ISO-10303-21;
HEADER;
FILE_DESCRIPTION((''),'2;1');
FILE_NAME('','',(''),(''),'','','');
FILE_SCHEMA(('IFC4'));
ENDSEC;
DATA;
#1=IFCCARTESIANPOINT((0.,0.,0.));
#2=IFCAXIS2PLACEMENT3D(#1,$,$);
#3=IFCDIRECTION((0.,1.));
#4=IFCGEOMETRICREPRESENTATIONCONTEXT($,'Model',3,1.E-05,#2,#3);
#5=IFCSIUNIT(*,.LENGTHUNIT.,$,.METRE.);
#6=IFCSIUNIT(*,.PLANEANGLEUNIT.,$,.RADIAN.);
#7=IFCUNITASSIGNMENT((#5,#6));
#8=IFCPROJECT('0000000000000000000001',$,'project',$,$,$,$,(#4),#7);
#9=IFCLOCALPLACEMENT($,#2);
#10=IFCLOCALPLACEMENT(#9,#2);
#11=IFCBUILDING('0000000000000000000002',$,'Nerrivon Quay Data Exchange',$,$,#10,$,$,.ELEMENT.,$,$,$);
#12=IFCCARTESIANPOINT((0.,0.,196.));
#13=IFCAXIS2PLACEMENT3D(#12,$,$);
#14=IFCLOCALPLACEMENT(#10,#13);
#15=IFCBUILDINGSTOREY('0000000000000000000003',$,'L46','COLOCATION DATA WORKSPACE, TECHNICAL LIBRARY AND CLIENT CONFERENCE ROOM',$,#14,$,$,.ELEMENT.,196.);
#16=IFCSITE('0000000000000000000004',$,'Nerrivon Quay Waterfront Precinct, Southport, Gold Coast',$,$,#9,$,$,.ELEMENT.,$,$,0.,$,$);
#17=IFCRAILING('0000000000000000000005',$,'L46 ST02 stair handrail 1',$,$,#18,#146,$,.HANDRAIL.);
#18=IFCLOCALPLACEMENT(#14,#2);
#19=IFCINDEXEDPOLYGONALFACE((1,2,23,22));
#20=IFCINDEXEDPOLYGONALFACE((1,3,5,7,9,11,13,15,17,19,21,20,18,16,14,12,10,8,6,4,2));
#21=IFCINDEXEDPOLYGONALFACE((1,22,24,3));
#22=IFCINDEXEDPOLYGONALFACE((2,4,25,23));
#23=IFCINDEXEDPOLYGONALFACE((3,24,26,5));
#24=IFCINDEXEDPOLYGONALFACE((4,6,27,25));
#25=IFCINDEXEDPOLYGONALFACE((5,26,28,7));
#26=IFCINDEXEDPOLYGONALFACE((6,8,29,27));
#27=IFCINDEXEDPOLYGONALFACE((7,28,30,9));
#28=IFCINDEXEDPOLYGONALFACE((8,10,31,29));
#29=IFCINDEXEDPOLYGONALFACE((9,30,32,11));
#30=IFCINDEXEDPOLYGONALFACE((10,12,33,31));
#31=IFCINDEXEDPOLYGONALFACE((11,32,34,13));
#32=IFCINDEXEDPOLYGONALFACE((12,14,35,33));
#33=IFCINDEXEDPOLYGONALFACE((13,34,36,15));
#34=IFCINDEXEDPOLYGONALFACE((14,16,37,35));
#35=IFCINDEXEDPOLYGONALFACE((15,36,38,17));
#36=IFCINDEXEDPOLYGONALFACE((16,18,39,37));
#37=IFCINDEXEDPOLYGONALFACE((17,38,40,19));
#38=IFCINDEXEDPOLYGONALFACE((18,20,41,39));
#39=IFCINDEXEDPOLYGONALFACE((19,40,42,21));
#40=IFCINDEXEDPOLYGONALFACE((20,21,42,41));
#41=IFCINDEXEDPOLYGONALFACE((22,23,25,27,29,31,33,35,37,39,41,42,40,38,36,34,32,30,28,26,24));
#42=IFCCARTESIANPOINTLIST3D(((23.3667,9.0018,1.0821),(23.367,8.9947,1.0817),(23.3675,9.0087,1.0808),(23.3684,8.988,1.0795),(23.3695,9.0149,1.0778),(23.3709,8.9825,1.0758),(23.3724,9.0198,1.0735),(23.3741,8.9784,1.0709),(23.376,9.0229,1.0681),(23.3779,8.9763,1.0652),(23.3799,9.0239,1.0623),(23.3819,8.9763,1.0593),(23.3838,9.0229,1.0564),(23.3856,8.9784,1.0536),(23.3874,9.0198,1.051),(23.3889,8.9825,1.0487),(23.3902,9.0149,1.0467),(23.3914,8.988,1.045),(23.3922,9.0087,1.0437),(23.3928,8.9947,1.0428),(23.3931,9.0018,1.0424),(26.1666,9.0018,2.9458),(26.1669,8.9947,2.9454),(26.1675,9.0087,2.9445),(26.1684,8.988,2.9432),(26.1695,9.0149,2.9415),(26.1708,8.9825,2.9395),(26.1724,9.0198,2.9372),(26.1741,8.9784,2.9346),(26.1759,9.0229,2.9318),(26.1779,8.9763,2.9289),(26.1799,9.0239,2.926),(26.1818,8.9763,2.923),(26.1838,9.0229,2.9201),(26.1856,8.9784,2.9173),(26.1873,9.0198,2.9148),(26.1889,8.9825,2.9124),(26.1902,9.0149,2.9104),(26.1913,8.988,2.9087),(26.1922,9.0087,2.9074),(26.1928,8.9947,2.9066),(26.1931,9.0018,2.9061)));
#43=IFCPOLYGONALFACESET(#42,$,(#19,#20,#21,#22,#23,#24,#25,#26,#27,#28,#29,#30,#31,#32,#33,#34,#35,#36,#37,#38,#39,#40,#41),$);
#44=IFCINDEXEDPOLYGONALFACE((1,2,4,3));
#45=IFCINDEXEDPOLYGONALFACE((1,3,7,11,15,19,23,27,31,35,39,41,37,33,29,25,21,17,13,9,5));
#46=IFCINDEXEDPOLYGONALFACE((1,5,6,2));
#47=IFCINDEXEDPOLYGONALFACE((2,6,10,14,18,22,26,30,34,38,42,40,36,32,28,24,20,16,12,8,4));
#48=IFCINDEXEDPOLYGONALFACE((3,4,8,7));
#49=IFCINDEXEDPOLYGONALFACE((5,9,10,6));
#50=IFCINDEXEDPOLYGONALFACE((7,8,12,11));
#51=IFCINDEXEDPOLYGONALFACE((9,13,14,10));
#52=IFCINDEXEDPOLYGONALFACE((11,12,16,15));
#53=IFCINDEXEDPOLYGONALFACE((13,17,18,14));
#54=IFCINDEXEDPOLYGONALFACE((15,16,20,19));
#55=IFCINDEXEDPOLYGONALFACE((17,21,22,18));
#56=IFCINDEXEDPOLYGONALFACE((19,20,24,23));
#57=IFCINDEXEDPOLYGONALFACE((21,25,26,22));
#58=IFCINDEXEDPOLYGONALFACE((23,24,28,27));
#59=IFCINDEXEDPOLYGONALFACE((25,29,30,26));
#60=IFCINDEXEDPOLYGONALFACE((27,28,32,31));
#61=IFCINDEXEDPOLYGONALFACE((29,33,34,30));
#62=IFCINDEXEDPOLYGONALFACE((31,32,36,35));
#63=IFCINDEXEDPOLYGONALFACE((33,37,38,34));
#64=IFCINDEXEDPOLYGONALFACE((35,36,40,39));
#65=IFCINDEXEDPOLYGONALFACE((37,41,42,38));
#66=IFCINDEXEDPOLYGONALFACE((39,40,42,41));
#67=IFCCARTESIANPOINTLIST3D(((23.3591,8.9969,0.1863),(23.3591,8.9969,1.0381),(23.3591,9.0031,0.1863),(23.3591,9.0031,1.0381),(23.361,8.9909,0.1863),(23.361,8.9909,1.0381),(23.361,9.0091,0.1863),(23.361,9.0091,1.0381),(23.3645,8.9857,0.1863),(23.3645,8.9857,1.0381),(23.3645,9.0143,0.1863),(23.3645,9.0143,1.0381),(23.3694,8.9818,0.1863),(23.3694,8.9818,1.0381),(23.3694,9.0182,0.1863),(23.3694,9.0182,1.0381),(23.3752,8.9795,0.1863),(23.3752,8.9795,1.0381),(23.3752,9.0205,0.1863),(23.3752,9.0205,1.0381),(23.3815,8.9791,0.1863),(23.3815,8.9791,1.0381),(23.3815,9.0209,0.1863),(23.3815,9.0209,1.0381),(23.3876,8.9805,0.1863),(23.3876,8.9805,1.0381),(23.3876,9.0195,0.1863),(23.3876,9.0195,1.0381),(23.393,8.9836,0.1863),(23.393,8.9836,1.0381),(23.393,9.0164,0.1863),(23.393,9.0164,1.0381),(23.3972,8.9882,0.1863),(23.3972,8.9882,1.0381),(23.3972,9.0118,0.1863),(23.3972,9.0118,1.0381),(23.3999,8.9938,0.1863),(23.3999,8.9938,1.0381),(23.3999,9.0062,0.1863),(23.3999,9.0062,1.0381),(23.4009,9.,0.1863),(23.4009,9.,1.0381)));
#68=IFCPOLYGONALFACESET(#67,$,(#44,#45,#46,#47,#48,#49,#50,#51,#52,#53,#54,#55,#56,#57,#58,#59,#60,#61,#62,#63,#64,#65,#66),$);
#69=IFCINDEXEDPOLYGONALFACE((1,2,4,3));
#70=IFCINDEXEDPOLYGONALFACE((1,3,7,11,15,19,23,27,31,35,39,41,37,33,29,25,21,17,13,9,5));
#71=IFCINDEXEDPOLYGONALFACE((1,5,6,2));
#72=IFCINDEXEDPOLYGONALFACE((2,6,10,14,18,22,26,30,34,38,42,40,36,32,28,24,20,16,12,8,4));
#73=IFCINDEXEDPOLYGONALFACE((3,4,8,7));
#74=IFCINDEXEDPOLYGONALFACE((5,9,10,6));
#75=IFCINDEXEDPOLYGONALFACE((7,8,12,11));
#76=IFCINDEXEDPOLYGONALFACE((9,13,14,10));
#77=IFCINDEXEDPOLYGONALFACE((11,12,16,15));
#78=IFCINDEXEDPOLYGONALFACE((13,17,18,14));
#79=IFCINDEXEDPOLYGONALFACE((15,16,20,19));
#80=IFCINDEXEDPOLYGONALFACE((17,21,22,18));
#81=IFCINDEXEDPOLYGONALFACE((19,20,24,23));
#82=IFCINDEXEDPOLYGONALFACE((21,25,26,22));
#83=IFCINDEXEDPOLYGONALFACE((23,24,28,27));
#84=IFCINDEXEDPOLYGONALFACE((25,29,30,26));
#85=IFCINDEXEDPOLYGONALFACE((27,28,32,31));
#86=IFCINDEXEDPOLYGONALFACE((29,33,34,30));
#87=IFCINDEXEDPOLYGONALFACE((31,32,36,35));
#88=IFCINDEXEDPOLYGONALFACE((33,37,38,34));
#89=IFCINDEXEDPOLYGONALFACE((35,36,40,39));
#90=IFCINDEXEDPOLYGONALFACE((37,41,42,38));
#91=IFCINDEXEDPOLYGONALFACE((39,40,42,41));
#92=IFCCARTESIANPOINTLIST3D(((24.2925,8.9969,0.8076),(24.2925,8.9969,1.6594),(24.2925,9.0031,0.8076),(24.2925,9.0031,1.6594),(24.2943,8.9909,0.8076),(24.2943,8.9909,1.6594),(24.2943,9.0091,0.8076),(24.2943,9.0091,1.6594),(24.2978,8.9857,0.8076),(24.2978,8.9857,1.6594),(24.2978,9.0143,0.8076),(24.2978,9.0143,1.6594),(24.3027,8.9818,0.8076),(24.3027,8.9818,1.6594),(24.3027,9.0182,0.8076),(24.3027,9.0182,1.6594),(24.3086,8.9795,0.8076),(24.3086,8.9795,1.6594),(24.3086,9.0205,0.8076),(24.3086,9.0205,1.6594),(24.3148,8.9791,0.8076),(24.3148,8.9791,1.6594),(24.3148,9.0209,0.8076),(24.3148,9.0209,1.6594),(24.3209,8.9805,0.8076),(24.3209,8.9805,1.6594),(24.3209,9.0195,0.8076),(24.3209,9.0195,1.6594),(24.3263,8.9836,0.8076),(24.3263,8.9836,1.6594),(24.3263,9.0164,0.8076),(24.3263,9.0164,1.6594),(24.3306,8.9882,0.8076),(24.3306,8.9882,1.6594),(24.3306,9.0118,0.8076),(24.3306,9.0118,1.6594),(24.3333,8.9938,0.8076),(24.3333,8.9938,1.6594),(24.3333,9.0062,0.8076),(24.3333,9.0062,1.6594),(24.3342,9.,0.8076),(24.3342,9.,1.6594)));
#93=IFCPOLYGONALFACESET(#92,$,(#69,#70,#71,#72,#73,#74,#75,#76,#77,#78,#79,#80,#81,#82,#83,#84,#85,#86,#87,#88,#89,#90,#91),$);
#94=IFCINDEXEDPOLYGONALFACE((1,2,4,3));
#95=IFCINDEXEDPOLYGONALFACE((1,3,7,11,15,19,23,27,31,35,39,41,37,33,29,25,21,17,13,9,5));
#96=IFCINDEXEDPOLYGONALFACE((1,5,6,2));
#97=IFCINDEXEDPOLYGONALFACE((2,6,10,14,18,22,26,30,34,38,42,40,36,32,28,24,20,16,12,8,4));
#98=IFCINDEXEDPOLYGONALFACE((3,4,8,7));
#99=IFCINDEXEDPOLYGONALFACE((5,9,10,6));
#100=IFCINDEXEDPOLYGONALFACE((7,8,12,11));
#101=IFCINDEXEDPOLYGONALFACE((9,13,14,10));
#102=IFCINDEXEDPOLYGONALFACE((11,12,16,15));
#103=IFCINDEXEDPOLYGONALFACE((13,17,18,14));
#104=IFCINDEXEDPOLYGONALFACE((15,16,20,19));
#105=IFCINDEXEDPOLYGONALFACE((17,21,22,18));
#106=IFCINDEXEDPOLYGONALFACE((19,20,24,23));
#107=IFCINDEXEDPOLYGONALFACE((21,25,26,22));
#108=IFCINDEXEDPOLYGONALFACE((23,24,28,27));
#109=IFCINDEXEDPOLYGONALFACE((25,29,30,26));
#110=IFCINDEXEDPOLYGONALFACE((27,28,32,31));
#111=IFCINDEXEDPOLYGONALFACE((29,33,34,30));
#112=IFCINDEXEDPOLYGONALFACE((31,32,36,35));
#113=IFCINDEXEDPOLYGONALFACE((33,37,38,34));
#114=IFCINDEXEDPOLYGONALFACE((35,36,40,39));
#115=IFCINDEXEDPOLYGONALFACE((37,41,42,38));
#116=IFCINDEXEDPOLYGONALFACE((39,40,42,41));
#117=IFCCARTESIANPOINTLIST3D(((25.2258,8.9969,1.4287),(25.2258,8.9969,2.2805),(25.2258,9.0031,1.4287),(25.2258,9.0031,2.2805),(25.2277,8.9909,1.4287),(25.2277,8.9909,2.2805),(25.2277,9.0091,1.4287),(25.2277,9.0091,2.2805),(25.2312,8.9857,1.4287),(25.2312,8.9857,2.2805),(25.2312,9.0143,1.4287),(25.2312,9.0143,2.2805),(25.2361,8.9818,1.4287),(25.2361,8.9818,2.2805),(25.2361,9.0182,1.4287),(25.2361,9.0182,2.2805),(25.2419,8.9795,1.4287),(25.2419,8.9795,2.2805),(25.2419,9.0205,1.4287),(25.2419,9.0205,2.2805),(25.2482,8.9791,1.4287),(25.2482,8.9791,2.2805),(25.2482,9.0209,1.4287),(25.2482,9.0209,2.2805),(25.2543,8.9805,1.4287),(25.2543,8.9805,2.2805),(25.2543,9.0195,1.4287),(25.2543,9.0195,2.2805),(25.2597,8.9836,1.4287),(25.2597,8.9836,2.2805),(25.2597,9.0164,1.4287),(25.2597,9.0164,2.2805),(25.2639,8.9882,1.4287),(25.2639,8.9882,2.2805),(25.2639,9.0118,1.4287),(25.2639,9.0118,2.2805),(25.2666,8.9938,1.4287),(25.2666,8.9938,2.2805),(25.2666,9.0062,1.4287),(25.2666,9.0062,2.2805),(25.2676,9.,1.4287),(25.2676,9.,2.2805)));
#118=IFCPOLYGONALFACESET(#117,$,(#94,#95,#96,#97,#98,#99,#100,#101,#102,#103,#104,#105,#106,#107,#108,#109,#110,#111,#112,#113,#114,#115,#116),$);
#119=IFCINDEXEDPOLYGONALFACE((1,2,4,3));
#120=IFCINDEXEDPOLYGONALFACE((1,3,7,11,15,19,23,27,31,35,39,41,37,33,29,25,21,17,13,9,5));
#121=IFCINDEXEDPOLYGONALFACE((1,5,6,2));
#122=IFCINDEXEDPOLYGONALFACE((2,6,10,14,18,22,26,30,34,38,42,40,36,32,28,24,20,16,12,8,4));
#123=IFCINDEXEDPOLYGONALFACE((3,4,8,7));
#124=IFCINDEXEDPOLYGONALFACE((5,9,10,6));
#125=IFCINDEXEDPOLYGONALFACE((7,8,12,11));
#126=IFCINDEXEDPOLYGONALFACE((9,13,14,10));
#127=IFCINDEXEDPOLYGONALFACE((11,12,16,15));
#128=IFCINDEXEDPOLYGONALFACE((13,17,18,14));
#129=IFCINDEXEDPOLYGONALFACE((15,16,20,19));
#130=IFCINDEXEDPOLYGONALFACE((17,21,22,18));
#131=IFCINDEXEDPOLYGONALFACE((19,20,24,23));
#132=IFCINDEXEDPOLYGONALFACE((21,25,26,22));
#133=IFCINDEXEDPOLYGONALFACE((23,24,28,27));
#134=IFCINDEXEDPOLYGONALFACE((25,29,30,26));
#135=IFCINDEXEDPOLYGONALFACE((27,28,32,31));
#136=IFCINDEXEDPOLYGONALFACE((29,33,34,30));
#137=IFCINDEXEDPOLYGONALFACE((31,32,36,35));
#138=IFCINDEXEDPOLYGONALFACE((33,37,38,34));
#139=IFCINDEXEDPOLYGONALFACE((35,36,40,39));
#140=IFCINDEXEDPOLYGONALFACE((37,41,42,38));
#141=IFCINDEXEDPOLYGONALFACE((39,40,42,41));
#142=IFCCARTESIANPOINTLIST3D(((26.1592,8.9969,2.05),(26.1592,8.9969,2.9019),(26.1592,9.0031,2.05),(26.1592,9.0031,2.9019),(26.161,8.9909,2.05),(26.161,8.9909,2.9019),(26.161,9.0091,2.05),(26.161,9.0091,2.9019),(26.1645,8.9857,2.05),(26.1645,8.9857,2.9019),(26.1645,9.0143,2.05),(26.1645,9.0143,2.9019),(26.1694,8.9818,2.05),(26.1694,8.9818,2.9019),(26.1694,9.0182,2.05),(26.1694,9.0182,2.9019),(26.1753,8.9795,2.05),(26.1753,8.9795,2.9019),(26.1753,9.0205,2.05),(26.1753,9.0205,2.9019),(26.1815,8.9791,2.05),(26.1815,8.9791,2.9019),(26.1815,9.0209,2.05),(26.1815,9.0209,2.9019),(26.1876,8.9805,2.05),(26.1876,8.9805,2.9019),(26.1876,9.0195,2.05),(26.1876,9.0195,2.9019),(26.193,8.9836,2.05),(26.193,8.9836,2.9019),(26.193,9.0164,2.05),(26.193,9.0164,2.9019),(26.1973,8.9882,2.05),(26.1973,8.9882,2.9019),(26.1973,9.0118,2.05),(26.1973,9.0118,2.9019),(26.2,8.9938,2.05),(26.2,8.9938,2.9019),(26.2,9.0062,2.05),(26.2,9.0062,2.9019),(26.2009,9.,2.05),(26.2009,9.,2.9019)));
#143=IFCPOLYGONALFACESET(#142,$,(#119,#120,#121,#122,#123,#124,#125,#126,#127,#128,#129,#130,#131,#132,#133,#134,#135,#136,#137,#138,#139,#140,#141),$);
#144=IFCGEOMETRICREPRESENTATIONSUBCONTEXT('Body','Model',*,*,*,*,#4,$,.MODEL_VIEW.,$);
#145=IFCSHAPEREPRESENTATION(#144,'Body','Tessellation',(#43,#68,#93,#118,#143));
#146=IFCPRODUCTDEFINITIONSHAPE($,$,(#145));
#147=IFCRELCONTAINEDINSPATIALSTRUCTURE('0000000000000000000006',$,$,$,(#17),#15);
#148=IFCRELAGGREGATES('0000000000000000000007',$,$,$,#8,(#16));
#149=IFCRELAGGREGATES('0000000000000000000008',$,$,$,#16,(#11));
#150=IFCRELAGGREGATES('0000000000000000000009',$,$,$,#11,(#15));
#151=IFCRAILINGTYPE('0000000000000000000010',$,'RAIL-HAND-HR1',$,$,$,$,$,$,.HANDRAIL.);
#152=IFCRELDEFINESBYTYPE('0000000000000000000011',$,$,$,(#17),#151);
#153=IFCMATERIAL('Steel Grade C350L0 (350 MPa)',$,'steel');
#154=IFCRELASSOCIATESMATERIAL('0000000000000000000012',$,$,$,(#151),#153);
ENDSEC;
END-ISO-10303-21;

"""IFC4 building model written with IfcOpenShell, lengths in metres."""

from ifc_helpers import new_model, si_unit, direction, frame, origin, origin_2d, place, context, subcontext, project, spatial, circle, extrude, material, type_object, element, save


model = new_model("IFC4")

# Units and contexts
model_context = context("Model", 3, precision=1e-05, world=origin(), true_north=direction((0.0, 1.0)))
body_context = subcontext(model_context, "Body", "Model", "MODEL_VIEW")
ifc_project = project(units=[si_unit("LENGTHUNIT", "METRE"), si_unit("PLANEANGLEUNIT", "RADIAN")], contexts=[model_context])

# Site, building, storey
site_placement = place(None, origin())
site = spatial("IfcSite", under=ifc_project, at=site_placement, Name="Nerrivon Quay Waterfront Precinct, Southport, Gold Coast", CompositionType="ELEMENT", RefElevation=0.0)
building_placement = place(site_placement, origin())
building = spatial("IfcBuilding", under=site, at=building_placement, Name="Nerrivon Quay Data Exchange", CompositionType="ELEMENT")
storey_placement = place(building_placement, frame((0.0, 0.0, 196.0)))
storey = spatial("IfcBuildingStorey", under=building, at=storey_placement, Name="L46", Description="COLOCATION DATA WORKSPACE, TECHNICAL LIBRARY AND CLIENT CONFERENCE ROOM", CompositionType="ELEMENT", Elevation=196.0)

# Railing
ifc_material_1 = material(Name="Steel Grade C350L0 (350 MPa)", Category="steel")
railing_type_1 = type_object("IfcRailingType", Name="RAIL-HAND-HR1", PredefinedType="HANDRAIL", material=ifc_material_1)
railing_1_placement = place(storey_placement, frame((23.3799, 9.0, 0.1863)))
element("IfcRailing", 1, at=railing_1_placement, inside=storey, type_object=railing_type_1, Name="L46 ST02 stair handrail 1", PredefinedType="HANDRAIL", context=body_context, shape_type="SweptSolid", body=[
    extrude(circle(Radius=0.0239, at=origin_2d()), frame((0.0, 0.0, 0.876), z_axis=(0.832452, 0.0, 0.554097), x_axis=(0.0, 1.0, 0.0)), (0.0, 0.0, 1.0), 3.3635),
    extrude(circle(Radius=0.021, at=origin_2d()), origin(), (0.0, 0.0, 1.0), 0.8518),
    extrude(circle(Radius=0.021, at=origin_2d()), frame((0.9333, 0.0, 0.6213)), (0.0, 0.0, 1.0), 0.8518),
    extrude(circle(Radius=0.021, at=origin_2d()), frame((1.8667, 0.0, 1.2424)), (0.0, 0.0, 1.0), 0.8518),
    extrude(circle(Radius=0.021, at=origin_2d()), frame((2.8, 0.0, 1.8638)), (0.0, 0.0, 1.0), 0.8518),
])

save(model, "model.ifc")
